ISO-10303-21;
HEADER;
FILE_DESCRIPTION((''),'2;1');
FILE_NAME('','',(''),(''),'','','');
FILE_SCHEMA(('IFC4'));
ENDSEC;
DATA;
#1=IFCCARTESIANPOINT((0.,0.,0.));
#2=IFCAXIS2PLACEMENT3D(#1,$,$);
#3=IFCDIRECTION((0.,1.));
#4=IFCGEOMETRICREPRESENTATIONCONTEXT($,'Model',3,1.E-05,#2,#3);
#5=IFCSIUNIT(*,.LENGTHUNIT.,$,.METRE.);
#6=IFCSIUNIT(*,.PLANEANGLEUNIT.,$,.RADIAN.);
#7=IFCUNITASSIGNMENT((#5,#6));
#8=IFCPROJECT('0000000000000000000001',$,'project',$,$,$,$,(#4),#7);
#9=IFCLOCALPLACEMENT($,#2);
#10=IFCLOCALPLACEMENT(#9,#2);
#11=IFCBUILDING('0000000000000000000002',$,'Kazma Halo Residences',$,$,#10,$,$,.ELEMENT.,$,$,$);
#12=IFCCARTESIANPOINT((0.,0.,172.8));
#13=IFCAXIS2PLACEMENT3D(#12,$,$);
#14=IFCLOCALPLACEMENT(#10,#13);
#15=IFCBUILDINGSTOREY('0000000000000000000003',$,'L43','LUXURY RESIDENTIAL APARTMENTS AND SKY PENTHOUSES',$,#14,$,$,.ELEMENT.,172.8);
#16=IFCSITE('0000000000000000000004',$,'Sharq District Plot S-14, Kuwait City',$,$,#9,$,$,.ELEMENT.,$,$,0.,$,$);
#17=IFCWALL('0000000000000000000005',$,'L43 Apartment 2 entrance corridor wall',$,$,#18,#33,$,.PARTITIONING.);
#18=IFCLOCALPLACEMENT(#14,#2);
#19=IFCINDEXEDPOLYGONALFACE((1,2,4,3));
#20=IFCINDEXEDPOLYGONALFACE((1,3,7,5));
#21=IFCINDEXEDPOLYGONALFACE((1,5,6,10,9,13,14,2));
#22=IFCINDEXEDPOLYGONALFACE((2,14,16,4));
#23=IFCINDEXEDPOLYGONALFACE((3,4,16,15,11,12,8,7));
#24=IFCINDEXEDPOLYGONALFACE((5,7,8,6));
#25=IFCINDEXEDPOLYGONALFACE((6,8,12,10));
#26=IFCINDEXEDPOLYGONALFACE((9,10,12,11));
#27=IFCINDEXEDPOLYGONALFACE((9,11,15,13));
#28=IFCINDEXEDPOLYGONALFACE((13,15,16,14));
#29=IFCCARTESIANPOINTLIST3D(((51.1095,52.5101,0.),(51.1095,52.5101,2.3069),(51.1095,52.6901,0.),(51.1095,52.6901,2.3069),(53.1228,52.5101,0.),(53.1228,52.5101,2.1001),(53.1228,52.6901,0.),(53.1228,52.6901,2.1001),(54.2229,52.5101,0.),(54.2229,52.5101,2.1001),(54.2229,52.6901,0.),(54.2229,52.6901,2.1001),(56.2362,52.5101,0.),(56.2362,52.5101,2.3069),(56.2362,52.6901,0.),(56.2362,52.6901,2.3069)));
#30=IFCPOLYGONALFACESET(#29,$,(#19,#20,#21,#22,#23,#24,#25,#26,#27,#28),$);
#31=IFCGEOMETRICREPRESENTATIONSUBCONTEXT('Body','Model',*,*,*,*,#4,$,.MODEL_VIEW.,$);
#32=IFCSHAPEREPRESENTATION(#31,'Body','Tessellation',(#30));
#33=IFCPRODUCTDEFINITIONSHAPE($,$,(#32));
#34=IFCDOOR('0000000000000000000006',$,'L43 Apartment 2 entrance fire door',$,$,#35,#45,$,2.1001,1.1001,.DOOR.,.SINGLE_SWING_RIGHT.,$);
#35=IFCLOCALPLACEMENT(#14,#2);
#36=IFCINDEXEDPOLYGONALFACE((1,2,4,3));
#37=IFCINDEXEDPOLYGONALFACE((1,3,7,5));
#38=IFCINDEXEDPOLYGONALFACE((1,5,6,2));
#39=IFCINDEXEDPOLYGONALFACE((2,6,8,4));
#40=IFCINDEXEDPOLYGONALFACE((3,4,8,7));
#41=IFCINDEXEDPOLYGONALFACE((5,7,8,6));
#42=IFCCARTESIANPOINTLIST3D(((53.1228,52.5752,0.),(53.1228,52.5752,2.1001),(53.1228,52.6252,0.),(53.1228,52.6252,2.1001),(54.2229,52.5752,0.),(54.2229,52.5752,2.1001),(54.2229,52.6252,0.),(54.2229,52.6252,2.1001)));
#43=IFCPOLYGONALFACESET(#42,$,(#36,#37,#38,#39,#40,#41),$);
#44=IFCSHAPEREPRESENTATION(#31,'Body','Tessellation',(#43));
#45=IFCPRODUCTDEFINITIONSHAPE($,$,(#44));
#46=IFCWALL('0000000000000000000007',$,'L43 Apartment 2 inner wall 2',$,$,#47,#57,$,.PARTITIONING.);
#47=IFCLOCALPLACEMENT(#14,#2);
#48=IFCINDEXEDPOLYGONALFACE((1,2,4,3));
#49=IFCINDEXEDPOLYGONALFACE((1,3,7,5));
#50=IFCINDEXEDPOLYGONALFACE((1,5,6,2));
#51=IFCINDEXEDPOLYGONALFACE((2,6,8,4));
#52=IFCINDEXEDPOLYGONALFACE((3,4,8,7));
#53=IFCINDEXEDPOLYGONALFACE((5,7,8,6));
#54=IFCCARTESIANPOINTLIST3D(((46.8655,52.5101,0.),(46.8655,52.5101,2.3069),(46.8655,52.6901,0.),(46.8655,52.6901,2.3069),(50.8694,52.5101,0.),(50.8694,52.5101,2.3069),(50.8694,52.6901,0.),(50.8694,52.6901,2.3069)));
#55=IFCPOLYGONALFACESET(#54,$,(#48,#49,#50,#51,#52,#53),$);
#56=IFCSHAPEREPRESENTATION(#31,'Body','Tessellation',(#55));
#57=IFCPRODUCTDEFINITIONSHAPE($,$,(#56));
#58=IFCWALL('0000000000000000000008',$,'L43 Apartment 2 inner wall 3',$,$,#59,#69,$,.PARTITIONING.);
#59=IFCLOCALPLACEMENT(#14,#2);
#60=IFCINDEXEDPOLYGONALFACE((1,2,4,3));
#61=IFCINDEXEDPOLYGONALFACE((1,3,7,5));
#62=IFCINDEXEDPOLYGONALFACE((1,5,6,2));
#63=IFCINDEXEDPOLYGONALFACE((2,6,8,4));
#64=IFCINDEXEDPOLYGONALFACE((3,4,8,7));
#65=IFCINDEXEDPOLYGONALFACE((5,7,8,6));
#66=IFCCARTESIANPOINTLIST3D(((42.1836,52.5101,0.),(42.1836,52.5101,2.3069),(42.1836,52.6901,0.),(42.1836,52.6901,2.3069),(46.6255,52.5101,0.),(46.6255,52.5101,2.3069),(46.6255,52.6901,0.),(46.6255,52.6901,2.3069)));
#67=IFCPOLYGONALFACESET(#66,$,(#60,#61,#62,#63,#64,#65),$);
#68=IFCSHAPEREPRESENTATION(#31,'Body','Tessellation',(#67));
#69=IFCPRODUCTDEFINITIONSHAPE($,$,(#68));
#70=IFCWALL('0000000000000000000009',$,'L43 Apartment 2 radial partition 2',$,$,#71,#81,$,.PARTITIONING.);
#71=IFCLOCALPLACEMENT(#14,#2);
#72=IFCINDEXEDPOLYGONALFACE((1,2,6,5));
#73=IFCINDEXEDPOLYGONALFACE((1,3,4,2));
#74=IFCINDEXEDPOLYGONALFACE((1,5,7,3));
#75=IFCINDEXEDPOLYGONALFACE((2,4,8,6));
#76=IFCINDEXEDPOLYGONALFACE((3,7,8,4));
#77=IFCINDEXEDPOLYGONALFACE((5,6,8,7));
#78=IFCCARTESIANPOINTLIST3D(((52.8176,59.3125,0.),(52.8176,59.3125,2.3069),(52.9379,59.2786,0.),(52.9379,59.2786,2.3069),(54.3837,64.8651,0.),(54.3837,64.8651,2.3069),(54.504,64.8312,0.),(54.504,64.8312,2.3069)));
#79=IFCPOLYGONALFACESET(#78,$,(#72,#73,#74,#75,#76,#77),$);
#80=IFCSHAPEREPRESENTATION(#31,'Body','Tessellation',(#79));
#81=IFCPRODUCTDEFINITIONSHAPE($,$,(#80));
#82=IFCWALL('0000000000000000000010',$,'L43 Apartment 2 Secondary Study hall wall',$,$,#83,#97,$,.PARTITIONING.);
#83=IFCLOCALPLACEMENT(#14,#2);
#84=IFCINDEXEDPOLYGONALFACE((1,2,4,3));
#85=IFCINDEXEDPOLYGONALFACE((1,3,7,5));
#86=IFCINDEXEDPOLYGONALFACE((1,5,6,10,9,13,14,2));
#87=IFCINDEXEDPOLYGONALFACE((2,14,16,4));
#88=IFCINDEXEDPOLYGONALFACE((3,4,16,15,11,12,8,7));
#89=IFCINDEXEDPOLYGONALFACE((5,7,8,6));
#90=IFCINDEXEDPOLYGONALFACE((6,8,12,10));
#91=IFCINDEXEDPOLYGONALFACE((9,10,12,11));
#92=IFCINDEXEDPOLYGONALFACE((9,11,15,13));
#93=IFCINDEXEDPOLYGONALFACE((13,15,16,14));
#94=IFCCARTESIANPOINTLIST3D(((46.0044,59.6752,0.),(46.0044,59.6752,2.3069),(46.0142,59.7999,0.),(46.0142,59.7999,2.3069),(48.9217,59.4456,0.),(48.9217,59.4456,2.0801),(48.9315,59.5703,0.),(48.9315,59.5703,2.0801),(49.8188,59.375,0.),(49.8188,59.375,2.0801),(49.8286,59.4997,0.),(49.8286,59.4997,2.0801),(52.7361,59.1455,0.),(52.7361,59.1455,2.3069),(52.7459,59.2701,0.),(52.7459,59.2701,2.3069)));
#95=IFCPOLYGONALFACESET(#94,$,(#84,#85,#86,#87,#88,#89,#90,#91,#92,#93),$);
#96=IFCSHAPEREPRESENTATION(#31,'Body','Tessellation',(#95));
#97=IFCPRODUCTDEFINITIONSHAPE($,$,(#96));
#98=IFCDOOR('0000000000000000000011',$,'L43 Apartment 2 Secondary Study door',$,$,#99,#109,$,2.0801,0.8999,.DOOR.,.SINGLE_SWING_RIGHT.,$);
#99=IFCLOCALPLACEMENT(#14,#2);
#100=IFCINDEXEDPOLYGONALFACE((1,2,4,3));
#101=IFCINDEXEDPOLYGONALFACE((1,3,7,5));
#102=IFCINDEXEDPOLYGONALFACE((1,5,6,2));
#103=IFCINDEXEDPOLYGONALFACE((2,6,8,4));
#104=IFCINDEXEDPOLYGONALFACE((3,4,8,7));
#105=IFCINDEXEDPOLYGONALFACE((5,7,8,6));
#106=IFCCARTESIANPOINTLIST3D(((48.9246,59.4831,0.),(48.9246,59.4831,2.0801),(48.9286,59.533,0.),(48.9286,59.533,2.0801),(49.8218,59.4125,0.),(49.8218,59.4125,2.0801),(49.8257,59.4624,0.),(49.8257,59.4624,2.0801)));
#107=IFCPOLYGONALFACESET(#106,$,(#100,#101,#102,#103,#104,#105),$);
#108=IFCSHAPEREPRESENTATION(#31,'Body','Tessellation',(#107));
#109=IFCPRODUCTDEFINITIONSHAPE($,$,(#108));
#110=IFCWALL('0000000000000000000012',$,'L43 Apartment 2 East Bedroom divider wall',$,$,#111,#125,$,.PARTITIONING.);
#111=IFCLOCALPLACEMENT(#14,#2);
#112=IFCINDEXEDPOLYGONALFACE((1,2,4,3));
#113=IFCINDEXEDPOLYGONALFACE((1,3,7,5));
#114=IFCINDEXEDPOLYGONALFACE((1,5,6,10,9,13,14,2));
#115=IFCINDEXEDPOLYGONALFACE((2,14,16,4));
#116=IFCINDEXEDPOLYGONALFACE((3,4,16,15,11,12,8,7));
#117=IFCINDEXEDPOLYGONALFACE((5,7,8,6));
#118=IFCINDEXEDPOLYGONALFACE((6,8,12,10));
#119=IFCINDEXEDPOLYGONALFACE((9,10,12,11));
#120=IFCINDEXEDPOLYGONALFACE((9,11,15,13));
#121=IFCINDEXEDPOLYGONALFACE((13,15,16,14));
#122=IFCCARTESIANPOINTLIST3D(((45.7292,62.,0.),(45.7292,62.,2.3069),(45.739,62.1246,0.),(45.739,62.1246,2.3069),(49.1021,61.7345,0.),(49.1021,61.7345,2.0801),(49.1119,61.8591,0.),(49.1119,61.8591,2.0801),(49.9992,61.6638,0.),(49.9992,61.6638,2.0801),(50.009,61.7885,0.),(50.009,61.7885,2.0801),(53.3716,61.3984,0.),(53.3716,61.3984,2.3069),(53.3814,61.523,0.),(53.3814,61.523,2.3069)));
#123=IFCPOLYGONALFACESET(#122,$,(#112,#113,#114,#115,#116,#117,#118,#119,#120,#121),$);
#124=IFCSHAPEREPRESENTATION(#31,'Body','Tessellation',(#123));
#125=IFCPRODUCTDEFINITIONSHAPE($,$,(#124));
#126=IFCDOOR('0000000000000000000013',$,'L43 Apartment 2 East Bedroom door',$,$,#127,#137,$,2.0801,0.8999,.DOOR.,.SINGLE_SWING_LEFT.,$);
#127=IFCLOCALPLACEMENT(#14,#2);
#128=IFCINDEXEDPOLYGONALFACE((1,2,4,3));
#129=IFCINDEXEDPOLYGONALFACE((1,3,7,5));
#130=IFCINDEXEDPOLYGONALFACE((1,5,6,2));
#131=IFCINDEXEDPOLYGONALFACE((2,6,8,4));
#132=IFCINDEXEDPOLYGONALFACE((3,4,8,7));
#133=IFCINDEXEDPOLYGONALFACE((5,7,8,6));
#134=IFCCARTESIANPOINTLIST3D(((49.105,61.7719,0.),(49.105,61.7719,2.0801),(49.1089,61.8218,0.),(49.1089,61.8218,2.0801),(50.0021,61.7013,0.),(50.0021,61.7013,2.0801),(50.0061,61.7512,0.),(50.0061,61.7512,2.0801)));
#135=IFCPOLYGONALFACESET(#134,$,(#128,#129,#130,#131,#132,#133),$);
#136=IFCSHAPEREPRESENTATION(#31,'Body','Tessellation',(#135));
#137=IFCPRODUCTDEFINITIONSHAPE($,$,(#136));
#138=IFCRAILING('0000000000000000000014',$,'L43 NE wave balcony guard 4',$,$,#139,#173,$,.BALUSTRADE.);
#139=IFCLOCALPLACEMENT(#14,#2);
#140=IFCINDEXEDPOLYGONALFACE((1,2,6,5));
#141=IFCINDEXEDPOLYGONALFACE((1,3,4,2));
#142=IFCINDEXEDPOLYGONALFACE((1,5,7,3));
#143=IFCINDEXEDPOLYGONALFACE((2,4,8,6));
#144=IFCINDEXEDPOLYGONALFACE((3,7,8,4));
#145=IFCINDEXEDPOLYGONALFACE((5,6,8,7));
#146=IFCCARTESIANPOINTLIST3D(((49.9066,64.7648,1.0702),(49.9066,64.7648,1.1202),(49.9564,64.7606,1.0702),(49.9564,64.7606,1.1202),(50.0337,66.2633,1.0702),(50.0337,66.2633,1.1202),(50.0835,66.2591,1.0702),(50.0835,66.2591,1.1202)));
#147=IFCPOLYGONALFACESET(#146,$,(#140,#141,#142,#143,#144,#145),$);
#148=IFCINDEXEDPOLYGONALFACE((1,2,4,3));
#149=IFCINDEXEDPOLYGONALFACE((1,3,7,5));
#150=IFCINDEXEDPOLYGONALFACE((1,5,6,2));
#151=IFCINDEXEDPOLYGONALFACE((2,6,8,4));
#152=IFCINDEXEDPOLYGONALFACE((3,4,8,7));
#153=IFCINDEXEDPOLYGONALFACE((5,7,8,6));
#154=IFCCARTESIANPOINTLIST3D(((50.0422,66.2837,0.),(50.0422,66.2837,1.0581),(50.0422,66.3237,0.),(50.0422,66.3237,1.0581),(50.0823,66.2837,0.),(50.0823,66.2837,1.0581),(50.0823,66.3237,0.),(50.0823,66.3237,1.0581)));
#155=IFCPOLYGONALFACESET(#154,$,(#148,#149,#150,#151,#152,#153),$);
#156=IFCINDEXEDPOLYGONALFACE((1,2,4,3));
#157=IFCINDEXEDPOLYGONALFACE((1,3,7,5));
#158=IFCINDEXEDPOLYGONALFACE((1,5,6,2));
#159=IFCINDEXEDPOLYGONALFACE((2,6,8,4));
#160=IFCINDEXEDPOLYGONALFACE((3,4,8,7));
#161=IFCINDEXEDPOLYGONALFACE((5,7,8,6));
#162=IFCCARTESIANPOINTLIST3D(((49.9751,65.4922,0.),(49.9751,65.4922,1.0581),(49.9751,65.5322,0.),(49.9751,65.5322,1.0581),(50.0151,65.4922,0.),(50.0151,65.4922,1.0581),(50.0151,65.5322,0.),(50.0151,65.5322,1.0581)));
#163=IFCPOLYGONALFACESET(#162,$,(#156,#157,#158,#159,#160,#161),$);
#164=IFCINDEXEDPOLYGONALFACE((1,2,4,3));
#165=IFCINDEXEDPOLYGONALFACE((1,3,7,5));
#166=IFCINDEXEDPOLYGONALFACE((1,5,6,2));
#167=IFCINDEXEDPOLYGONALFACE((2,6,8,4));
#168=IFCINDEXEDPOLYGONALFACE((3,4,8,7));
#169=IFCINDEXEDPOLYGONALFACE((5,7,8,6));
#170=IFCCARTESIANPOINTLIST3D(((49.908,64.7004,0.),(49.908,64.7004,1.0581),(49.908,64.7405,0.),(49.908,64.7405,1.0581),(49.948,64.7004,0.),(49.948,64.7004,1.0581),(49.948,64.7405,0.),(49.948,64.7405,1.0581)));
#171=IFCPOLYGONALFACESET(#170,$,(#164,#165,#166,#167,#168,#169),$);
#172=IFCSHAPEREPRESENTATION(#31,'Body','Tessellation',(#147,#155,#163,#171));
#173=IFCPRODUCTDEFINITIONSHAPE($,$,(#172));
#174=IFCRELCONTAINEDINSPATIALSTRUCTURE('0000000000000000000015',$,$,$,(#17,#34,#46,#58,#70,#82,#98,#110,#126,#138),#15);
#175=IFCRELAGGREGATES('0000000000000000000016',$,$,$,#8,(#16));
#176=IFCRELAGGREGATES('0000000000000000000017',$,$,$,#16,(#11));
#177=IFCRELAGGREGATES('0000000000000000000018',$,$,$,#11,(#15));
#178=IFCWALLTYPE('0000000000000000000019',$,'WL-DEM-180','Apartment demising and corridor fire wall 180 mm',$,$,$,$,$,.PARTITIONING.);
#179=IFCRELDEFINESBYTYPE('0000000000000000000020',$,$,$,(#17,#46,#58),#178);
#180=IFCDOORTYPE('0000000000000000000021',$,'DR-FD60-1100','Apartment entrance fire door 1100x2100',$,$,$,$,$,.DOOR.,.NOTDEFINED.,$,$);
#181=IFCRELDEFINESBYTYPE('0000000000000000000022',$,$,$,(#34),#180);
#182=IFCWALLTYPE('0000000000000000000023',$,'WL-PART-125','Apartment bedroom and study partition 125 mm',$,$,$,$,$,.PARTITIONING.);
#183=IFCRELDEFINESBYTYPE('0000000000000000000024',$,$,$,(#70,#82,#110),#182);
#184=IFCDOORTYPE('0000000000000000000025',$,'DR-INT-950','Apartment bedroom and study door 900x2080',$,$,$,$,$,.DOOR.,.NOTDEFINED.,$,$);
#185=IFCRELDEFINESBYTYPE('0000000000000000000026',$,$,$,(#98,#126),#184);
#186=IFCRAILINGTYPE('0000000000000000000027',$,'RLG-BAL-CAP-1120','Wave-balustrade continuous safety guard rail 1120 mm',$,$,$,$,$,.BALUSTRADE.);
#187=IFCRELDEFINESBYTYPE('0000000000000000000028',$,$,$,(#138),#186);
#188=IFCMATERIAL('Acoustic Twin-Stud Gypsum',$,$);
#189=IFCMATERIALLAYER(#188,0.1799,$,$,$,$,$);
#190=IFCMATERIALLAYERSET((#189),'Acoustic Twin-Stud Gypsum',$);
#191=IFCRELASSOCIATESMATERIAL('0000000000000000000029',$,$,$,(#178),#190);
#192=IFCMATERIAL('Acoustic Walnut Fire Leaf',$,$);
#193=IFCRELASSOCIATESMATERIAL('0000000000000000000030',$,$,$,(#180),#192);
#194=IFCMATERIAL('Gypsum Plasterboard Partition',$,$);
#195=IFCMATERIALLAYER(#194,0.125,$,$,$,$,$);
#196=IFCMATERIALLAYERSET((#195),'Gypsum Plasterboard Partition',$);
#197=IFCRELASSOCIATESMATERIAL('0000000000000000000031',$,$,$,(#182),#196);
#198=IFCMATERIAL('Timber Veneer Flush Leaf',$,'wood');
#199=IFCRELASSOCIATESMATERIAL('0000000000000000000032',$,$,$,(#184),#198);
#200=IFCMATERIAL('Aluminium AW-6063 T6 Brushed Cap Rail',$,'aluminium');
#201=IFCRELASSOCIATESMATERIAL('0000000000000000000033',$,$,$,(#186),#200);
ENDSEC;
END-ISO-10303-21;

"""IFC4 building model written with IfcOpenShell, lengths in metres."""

from ifc_helpers import new_model, si_unit, direction, frame, frame_2d, origin, origin_2d, place, context, subcontext, project, spatial, rectangle, extrude, material, layer, layer_set, type_object, element, fill, save


model = new_model("IFC4")

# Units and contexts
model_context = context("Model", 3, precision=1e-05, world=origin(), true_north=direction((0.0, 1.0)))
body_context = subcontext(model_context, "Body", "Model", "MODEL_VIEW")
ifc_project = project(units=[si_unit("LENGTHUNIT", "METRE"), si_unit("PLANEANGLEUNIT", "RADIAN")], contexts=[model_context])

# Site, building, storey
site_placement = place(None, origin())
site = spatial("IfcSite", under=ifc_project, at=site_placement, Name="Sharq District Plot S-14, Kuwait City", CompositionType="ELEMENT", RefElevation=0.0)
building_placement = place(site_placement, origin())
building = spatial("IfcBuilding", under=site, at=building_placement, Name="Kazma Halo Residences", CompositionType="ELEMENT")
storey_placement = place(building_placement, frame((0.0, 0.0, 172.8)))
storey = spatial("IfcBuildingStorey", under=building, at=storey_placement, Name="L43", Description="LUXURY RESIDENTIAL APARTMENTS AND SKY PENTHOUSES", CompositionType="ELEMENT", Elevation=172.8)

# Wall, opening, door
ifc_material_1 = material(Name="Acoustic Twin-Stud Gypsum")
ifc_layer_1 = layer(ifc_material_1, 0.1799)
ifc_layer_set_1 = layer_set([ifc_layer_1], Name="Acoustic Twin-Stud Gypsum")
wall_type_1 = type_object("IfcWallType", Name="WL-DEM-180", Description="Apartment demising and corridor fire wall 180 mm", PredefinedType="PARTITIONING", material=ifc_layer_set_1)
wall_1_placement = place(storey_placement, frame((56.2363, 52.6001, 0.0), z_axis=(0.0, 0.0, 1.0), x_axis=(-1.0, 0.0, 0.0)))
wall_1 = element("IfcWall", 1, at=wall_1_placement, inside=storey, type_object=wall_type_1, Name="L43 Apartment 2 entrance corridor wall", PredefinedType="PARTITIONING", context=body_context, shape_type="SweptSolid", body=[
    extrude(rectangle(XDim=5.1267, YDim=0.1799, at=frame_2d((2.5635, 0.0))), origin(), (0.0, 0.0, 1.0), 2.3069),
])
opening_1_placement = place(wall_1_placement, frame((2.0134, 0.0, 0.0)))
opening_1 = element("IfcOpeningElement", 2, at=opening_1_placement, cuts=wall_1, PredefinedType="OPENING", context=body_context, shape_type="SweptSolid", body=[
    extrude(rectangle(XDim=1.1001, YDim=2.1001, at=frame_2d((0.55, 1.05))), frame((0.0, 0.0999, 0.0), z_axis=(0.0, -1.0, 0.0), x_axis=(1.0, 0.0, 0.0)), (0.0, 0.0, 1.0), 0.2),
])
ifc_material_2 = material(Name="Acoustic Walnut Fire Leaf")
door_type_1 = type_object("IfcDoorType", Name="DR-FD60-1100", Description="Apartment entrance fire door 1100x2100", OperationType="NOTDEFINED", PredefinedType="DOOR", material=ifc_material_2)
door_1_placement = place(opening_1_placement, origin())
door_1 = element("IfcDoor", 3, at=door_1_placement, inside=storey, type_object=door_type_1, Name="L43 Apartment 2 entrance fire door", OperationType="SINGLE_SWING_RIGHT", OverallHeight=2.1001, OverallWidth=1.1001, PredefinedType="DOOR", context=body_context, shape_type="SweptSolid", body=[
    extrude(rectangle(XDim=1.1001, YDim=2.1001, at=frame_2d((0.55, 1.05))), frame((0.0, 0.0249, 0.0), z_axis=(0.0, -1.0, 0.0), x_axis=(1.0, 0.0, 0.0)), (0.0, 0.0, 1.0), 0.05),
])
fill(opening_1, door_1)

# Walls
wall_2_placement = place(storey_placement, frame((50.8694, 52.6001, 0.0), z_axis=(0.0, 0.0, 1.0), x_axis=(-1.0, 0.0, 0.0)))
element("IfcWall", 4, at=wall_2_placement, inside=storey, type_object=wall_type_1, Name="L43 Apartment 2 inner wall 2", PredefinedType="PARTITIONING", context=body_context, shape_type="SweptSolid", body=[
    extrude(rectangle(XDim=4.0039, YDim=0.1799, at=frame_2d((2.002, 0.0))), origin(), (0.0, 0.0, 1.0), 2.3069),
])
wall_3_placement = place(storey_placement, frame((46.6255, 52.6001, 0.0), z_axis=(0.0, 0.0, 1.0), x_axis=(-1.0, 0.0, 0.0)))
element("IfcWall", 5, at=wall_3_placement, inside=storey, type_object=wall_type_1, Name="L43 Apartment 2 inner wall 3", PredefinedType="PARTITIONING", context=body_context, shape_type="SweptSolid", body=[
    extrude(rectangle(XDim=4.4419, YDim=0.1799, at=frame_2d((2.2209, 0.0))), origin(), (0.0, 0.0, 1.0), 2.3069),
])
ifc_material_3 = material(Name="Gypsum Plasterboard Partition")
ifc_layer_2 = layer(ifc_material_3, 0.125)
ifc_layer_set_2 = layer_set([ifc_layer_2], Name="Gypsum Plasterboard Partition")
wall_type_2 = type_object("IfcWallType", Name="WL-PART-125", Description="Apartment bedroom and study partition 125 mm", PredefinedType="PARTITIONING", material=ifc_layer_set_2)
wall_4_placement = place(storey_placement, frame((52.8777, 59.2954, 0.0), z_axis=(0.0, 0.0, 1.0), x_axis=(0.271461, 0.962449, 0.0)))
element("IfcWall", 6, at=wall_4_placement, inside=storey, type_object=wall_type_2, Name="L43 Apartment 2 radial partition 2", PredefinedType="PARTITIONING", context=body_context, shape_type="SweptSolid", body=[
    extrude(rectangle(XDim=5.7693, YDim=0.125, at=frame_2d((2.8848, 0.0))), origin(), (0.0, 0.0, 1.0), 2.3069),
])

# Walls, openings, doors
wall_5_placement = place(storey_placement, frame((52.741, 59.2078, 0.0), z_axis=(0.0, 0.0, 1.0), x_axis=(-0.996917, 0.078458, 0.0)))
wall_5 = element("IfcWall", 7, at=wall_5_placement, inside=storey, type_object=wall_type_2, Name="L43 Apartment 2 Secondary Study hall wall", PredefinedType="PARTITIONING", context=body_context, shape_type="SweptSolid", body=[
    extrude(rectangle(XDim=6.7524, YDim=0.125, at=frame_2d((3.3762, 0.0))), origin(), (0.0, 0.0, 1.0), 2.3069),
])
opening_2_placement = place(wall_5_placement, frame((2.9263, 0.0, 0.0)))
opening_2 = element("IfcOpeningElement", 8, at=opening_2_placement, cuts=wall_5, PredefinedType="OPENING", context=body_context, shape_type="SweptSolid", body=[
    extrude(rectangle(XDim=0.8999, YDim=2.0801, at=frame_2d((0.45, 1.04))), frame((0.0, 0.0725, 0.0), z_axis=(0.0, -1.0, 0.0), x_axis=(1.0, 0.0, 0.0)), (0.0, 0.0, 1.0), 0.145),
])
ifc_material_4 = material(Name="Timber Veneer Flush Leaf", Category="wood")
door_type_2 = type_object("IfcDoorType", Name="DR-INT-950", Description="Apartment bedroom and study door 900x2080", OperationType="NOTDEFINED", PredefinedType="DOOR", material=ifc_material_4)
door_2_placement = place(opening_2_placement, origin())
door_2 = element("IfcDoor", 9, at=door_2_placement, inside=storey, type_object=door_type_2, Name="L43 Apartment 2 Secondary Study door", OperationType="SINGLE_SWING_RIGHT", OverallHeight=2.0801, OverallWidth=0.8999, PredefinedType="DOOR", context=body_context, shape_type="SweptSolid", body=[
    extrude(rectangle(XDim=0.8999, YDim=2.0801, at=frame_2d((0.45, 1.04))), frame((0.0, 0.0249, 0.0), z_axis=(0.0, -1.0, 0.0), x_axis=(1.0, 0.0, 0.0)), (0.0, 0.0, 1.0), 0.05),
])
fill(opening_2, door_2)
wall_6_placement = place(storey_placement, frame((53.3765, 61.4607, 0.0), z_axis=(0.0, 0.0, 1.0), x_axis=(-0.996916, 0.078472, 0.0)))
wall_6 = element("IfcWall", 10, at=wall_6_placement, inside=storey, type_object=wall_type_2, Name="L43 Apartment 2 East Bedroom divider wall", PredefinedType="PARTITIONING", context=body_context, shape_type="SweptSolid", body=[
    extrude(rectangle(XDim=7.666, YDim=0.125, at=frame_2d((3.833, 0.0))), origin(), (0.0, 0.0, 1.0), 2.3069),
])
opening_3_placement = place(wall_6_placement, frame((3.3828, 0.0, 0.0)))
opening_3 = element("IfcOpeningElement", 11, at=opening_3_placement, cuts=wall_6, PredefinedType="OPENING", context=body_context, shape_type="SweptSolid", body=[
    extrude(rectangle(XDim=0.8999, YDim=2.0801, at=frame_2d((0.45, 1.04))), frame((0.0, 0.0725, 0.0), z_axis=(0.0, -1.0, 0.0), x_axis=(1.0, 0.0, 0.0)), (0.0, 0.0, 1.0), 0.145),
])
door_3_placement = place(opening_3_placement, origin())
door_3 = element("IfcDoor", 12, at=door_3_placement, inside=storey, type_object=door_type_2, Name="L43 Apartment 2 East Bedroom door", OperationType="SINGLE_SWING_LEFT", OverallHeight=2.0801, OverallWidth=0.8999, PredefinedType="DOOR", context=body_context, shape_type="SweptSolid", body=[
    extrude(rectangle(XDim=0.8999, YDim=2.0801, at=frame_2d((0.45, 1.04))), frame((0.0, 0.0249, 0.0), z_axis=(0.0, -1.0, 0.0), x_axis=(1.0, 0.0, 0.0)), (0.0, 0.0, 1.0), 0.05),
])
fill(opening_3, door_3)

# Railing
ifc_material_5 = material(Name="Aluminium AW-6063 T6 Brushed Cap Rail", Category="aluminium")
railing_type = type_object("IfcRailingType", Name="RLG-BAL-CAP-1120", Description="Wave-balustrade continuous safety guard rail 1120 mm", PredefinedType="BALUSTRADE", material=ifc_material_5)
railing_1_placement = place(storey_placement, frame((50.0623, 66.3037, 0.0)))
element("IfcRailing", 13, at=railing_1_placement, inside=storey, type_object=railing_type, Name="L43 NE wave balcony guard 4", PredefinedType="BALUSTRADE", context=body_context, shape_type="SweptSolid", body=[
    extrude(rectangle(XDim=0.05, YDim=0.05, at=origin_2d()), frame((-0.0037, -0.0425, 1.0952), z_axis=(-0.084508, -0.996423, 0.0), x_axis=(0.996423, -0.084508, 0.0)), (0.0, 0.0, 1.0), 1.5039),
    extrude(rectangle(XDim=0.04, YDim=0.04, at=origin_2d()), origin(), (0.0, 0.0, 1.0), 1.0581),
    extrude(rectangle(XDim=0.04, YDim=0.04, at=origin_2d()), frame((-0.0671, -0.7915, 0.0)), (0.0, 0.0, 1.0), 1.0581),
    extrude(rectangle(XDim=0.04, YDim=0.04, at=origin_2d()), frame((-0.1343, -1.5833, 0.0)), (0.0, 0.0, 1.0), 1.0581),
])

save(model, "model.ifc")
